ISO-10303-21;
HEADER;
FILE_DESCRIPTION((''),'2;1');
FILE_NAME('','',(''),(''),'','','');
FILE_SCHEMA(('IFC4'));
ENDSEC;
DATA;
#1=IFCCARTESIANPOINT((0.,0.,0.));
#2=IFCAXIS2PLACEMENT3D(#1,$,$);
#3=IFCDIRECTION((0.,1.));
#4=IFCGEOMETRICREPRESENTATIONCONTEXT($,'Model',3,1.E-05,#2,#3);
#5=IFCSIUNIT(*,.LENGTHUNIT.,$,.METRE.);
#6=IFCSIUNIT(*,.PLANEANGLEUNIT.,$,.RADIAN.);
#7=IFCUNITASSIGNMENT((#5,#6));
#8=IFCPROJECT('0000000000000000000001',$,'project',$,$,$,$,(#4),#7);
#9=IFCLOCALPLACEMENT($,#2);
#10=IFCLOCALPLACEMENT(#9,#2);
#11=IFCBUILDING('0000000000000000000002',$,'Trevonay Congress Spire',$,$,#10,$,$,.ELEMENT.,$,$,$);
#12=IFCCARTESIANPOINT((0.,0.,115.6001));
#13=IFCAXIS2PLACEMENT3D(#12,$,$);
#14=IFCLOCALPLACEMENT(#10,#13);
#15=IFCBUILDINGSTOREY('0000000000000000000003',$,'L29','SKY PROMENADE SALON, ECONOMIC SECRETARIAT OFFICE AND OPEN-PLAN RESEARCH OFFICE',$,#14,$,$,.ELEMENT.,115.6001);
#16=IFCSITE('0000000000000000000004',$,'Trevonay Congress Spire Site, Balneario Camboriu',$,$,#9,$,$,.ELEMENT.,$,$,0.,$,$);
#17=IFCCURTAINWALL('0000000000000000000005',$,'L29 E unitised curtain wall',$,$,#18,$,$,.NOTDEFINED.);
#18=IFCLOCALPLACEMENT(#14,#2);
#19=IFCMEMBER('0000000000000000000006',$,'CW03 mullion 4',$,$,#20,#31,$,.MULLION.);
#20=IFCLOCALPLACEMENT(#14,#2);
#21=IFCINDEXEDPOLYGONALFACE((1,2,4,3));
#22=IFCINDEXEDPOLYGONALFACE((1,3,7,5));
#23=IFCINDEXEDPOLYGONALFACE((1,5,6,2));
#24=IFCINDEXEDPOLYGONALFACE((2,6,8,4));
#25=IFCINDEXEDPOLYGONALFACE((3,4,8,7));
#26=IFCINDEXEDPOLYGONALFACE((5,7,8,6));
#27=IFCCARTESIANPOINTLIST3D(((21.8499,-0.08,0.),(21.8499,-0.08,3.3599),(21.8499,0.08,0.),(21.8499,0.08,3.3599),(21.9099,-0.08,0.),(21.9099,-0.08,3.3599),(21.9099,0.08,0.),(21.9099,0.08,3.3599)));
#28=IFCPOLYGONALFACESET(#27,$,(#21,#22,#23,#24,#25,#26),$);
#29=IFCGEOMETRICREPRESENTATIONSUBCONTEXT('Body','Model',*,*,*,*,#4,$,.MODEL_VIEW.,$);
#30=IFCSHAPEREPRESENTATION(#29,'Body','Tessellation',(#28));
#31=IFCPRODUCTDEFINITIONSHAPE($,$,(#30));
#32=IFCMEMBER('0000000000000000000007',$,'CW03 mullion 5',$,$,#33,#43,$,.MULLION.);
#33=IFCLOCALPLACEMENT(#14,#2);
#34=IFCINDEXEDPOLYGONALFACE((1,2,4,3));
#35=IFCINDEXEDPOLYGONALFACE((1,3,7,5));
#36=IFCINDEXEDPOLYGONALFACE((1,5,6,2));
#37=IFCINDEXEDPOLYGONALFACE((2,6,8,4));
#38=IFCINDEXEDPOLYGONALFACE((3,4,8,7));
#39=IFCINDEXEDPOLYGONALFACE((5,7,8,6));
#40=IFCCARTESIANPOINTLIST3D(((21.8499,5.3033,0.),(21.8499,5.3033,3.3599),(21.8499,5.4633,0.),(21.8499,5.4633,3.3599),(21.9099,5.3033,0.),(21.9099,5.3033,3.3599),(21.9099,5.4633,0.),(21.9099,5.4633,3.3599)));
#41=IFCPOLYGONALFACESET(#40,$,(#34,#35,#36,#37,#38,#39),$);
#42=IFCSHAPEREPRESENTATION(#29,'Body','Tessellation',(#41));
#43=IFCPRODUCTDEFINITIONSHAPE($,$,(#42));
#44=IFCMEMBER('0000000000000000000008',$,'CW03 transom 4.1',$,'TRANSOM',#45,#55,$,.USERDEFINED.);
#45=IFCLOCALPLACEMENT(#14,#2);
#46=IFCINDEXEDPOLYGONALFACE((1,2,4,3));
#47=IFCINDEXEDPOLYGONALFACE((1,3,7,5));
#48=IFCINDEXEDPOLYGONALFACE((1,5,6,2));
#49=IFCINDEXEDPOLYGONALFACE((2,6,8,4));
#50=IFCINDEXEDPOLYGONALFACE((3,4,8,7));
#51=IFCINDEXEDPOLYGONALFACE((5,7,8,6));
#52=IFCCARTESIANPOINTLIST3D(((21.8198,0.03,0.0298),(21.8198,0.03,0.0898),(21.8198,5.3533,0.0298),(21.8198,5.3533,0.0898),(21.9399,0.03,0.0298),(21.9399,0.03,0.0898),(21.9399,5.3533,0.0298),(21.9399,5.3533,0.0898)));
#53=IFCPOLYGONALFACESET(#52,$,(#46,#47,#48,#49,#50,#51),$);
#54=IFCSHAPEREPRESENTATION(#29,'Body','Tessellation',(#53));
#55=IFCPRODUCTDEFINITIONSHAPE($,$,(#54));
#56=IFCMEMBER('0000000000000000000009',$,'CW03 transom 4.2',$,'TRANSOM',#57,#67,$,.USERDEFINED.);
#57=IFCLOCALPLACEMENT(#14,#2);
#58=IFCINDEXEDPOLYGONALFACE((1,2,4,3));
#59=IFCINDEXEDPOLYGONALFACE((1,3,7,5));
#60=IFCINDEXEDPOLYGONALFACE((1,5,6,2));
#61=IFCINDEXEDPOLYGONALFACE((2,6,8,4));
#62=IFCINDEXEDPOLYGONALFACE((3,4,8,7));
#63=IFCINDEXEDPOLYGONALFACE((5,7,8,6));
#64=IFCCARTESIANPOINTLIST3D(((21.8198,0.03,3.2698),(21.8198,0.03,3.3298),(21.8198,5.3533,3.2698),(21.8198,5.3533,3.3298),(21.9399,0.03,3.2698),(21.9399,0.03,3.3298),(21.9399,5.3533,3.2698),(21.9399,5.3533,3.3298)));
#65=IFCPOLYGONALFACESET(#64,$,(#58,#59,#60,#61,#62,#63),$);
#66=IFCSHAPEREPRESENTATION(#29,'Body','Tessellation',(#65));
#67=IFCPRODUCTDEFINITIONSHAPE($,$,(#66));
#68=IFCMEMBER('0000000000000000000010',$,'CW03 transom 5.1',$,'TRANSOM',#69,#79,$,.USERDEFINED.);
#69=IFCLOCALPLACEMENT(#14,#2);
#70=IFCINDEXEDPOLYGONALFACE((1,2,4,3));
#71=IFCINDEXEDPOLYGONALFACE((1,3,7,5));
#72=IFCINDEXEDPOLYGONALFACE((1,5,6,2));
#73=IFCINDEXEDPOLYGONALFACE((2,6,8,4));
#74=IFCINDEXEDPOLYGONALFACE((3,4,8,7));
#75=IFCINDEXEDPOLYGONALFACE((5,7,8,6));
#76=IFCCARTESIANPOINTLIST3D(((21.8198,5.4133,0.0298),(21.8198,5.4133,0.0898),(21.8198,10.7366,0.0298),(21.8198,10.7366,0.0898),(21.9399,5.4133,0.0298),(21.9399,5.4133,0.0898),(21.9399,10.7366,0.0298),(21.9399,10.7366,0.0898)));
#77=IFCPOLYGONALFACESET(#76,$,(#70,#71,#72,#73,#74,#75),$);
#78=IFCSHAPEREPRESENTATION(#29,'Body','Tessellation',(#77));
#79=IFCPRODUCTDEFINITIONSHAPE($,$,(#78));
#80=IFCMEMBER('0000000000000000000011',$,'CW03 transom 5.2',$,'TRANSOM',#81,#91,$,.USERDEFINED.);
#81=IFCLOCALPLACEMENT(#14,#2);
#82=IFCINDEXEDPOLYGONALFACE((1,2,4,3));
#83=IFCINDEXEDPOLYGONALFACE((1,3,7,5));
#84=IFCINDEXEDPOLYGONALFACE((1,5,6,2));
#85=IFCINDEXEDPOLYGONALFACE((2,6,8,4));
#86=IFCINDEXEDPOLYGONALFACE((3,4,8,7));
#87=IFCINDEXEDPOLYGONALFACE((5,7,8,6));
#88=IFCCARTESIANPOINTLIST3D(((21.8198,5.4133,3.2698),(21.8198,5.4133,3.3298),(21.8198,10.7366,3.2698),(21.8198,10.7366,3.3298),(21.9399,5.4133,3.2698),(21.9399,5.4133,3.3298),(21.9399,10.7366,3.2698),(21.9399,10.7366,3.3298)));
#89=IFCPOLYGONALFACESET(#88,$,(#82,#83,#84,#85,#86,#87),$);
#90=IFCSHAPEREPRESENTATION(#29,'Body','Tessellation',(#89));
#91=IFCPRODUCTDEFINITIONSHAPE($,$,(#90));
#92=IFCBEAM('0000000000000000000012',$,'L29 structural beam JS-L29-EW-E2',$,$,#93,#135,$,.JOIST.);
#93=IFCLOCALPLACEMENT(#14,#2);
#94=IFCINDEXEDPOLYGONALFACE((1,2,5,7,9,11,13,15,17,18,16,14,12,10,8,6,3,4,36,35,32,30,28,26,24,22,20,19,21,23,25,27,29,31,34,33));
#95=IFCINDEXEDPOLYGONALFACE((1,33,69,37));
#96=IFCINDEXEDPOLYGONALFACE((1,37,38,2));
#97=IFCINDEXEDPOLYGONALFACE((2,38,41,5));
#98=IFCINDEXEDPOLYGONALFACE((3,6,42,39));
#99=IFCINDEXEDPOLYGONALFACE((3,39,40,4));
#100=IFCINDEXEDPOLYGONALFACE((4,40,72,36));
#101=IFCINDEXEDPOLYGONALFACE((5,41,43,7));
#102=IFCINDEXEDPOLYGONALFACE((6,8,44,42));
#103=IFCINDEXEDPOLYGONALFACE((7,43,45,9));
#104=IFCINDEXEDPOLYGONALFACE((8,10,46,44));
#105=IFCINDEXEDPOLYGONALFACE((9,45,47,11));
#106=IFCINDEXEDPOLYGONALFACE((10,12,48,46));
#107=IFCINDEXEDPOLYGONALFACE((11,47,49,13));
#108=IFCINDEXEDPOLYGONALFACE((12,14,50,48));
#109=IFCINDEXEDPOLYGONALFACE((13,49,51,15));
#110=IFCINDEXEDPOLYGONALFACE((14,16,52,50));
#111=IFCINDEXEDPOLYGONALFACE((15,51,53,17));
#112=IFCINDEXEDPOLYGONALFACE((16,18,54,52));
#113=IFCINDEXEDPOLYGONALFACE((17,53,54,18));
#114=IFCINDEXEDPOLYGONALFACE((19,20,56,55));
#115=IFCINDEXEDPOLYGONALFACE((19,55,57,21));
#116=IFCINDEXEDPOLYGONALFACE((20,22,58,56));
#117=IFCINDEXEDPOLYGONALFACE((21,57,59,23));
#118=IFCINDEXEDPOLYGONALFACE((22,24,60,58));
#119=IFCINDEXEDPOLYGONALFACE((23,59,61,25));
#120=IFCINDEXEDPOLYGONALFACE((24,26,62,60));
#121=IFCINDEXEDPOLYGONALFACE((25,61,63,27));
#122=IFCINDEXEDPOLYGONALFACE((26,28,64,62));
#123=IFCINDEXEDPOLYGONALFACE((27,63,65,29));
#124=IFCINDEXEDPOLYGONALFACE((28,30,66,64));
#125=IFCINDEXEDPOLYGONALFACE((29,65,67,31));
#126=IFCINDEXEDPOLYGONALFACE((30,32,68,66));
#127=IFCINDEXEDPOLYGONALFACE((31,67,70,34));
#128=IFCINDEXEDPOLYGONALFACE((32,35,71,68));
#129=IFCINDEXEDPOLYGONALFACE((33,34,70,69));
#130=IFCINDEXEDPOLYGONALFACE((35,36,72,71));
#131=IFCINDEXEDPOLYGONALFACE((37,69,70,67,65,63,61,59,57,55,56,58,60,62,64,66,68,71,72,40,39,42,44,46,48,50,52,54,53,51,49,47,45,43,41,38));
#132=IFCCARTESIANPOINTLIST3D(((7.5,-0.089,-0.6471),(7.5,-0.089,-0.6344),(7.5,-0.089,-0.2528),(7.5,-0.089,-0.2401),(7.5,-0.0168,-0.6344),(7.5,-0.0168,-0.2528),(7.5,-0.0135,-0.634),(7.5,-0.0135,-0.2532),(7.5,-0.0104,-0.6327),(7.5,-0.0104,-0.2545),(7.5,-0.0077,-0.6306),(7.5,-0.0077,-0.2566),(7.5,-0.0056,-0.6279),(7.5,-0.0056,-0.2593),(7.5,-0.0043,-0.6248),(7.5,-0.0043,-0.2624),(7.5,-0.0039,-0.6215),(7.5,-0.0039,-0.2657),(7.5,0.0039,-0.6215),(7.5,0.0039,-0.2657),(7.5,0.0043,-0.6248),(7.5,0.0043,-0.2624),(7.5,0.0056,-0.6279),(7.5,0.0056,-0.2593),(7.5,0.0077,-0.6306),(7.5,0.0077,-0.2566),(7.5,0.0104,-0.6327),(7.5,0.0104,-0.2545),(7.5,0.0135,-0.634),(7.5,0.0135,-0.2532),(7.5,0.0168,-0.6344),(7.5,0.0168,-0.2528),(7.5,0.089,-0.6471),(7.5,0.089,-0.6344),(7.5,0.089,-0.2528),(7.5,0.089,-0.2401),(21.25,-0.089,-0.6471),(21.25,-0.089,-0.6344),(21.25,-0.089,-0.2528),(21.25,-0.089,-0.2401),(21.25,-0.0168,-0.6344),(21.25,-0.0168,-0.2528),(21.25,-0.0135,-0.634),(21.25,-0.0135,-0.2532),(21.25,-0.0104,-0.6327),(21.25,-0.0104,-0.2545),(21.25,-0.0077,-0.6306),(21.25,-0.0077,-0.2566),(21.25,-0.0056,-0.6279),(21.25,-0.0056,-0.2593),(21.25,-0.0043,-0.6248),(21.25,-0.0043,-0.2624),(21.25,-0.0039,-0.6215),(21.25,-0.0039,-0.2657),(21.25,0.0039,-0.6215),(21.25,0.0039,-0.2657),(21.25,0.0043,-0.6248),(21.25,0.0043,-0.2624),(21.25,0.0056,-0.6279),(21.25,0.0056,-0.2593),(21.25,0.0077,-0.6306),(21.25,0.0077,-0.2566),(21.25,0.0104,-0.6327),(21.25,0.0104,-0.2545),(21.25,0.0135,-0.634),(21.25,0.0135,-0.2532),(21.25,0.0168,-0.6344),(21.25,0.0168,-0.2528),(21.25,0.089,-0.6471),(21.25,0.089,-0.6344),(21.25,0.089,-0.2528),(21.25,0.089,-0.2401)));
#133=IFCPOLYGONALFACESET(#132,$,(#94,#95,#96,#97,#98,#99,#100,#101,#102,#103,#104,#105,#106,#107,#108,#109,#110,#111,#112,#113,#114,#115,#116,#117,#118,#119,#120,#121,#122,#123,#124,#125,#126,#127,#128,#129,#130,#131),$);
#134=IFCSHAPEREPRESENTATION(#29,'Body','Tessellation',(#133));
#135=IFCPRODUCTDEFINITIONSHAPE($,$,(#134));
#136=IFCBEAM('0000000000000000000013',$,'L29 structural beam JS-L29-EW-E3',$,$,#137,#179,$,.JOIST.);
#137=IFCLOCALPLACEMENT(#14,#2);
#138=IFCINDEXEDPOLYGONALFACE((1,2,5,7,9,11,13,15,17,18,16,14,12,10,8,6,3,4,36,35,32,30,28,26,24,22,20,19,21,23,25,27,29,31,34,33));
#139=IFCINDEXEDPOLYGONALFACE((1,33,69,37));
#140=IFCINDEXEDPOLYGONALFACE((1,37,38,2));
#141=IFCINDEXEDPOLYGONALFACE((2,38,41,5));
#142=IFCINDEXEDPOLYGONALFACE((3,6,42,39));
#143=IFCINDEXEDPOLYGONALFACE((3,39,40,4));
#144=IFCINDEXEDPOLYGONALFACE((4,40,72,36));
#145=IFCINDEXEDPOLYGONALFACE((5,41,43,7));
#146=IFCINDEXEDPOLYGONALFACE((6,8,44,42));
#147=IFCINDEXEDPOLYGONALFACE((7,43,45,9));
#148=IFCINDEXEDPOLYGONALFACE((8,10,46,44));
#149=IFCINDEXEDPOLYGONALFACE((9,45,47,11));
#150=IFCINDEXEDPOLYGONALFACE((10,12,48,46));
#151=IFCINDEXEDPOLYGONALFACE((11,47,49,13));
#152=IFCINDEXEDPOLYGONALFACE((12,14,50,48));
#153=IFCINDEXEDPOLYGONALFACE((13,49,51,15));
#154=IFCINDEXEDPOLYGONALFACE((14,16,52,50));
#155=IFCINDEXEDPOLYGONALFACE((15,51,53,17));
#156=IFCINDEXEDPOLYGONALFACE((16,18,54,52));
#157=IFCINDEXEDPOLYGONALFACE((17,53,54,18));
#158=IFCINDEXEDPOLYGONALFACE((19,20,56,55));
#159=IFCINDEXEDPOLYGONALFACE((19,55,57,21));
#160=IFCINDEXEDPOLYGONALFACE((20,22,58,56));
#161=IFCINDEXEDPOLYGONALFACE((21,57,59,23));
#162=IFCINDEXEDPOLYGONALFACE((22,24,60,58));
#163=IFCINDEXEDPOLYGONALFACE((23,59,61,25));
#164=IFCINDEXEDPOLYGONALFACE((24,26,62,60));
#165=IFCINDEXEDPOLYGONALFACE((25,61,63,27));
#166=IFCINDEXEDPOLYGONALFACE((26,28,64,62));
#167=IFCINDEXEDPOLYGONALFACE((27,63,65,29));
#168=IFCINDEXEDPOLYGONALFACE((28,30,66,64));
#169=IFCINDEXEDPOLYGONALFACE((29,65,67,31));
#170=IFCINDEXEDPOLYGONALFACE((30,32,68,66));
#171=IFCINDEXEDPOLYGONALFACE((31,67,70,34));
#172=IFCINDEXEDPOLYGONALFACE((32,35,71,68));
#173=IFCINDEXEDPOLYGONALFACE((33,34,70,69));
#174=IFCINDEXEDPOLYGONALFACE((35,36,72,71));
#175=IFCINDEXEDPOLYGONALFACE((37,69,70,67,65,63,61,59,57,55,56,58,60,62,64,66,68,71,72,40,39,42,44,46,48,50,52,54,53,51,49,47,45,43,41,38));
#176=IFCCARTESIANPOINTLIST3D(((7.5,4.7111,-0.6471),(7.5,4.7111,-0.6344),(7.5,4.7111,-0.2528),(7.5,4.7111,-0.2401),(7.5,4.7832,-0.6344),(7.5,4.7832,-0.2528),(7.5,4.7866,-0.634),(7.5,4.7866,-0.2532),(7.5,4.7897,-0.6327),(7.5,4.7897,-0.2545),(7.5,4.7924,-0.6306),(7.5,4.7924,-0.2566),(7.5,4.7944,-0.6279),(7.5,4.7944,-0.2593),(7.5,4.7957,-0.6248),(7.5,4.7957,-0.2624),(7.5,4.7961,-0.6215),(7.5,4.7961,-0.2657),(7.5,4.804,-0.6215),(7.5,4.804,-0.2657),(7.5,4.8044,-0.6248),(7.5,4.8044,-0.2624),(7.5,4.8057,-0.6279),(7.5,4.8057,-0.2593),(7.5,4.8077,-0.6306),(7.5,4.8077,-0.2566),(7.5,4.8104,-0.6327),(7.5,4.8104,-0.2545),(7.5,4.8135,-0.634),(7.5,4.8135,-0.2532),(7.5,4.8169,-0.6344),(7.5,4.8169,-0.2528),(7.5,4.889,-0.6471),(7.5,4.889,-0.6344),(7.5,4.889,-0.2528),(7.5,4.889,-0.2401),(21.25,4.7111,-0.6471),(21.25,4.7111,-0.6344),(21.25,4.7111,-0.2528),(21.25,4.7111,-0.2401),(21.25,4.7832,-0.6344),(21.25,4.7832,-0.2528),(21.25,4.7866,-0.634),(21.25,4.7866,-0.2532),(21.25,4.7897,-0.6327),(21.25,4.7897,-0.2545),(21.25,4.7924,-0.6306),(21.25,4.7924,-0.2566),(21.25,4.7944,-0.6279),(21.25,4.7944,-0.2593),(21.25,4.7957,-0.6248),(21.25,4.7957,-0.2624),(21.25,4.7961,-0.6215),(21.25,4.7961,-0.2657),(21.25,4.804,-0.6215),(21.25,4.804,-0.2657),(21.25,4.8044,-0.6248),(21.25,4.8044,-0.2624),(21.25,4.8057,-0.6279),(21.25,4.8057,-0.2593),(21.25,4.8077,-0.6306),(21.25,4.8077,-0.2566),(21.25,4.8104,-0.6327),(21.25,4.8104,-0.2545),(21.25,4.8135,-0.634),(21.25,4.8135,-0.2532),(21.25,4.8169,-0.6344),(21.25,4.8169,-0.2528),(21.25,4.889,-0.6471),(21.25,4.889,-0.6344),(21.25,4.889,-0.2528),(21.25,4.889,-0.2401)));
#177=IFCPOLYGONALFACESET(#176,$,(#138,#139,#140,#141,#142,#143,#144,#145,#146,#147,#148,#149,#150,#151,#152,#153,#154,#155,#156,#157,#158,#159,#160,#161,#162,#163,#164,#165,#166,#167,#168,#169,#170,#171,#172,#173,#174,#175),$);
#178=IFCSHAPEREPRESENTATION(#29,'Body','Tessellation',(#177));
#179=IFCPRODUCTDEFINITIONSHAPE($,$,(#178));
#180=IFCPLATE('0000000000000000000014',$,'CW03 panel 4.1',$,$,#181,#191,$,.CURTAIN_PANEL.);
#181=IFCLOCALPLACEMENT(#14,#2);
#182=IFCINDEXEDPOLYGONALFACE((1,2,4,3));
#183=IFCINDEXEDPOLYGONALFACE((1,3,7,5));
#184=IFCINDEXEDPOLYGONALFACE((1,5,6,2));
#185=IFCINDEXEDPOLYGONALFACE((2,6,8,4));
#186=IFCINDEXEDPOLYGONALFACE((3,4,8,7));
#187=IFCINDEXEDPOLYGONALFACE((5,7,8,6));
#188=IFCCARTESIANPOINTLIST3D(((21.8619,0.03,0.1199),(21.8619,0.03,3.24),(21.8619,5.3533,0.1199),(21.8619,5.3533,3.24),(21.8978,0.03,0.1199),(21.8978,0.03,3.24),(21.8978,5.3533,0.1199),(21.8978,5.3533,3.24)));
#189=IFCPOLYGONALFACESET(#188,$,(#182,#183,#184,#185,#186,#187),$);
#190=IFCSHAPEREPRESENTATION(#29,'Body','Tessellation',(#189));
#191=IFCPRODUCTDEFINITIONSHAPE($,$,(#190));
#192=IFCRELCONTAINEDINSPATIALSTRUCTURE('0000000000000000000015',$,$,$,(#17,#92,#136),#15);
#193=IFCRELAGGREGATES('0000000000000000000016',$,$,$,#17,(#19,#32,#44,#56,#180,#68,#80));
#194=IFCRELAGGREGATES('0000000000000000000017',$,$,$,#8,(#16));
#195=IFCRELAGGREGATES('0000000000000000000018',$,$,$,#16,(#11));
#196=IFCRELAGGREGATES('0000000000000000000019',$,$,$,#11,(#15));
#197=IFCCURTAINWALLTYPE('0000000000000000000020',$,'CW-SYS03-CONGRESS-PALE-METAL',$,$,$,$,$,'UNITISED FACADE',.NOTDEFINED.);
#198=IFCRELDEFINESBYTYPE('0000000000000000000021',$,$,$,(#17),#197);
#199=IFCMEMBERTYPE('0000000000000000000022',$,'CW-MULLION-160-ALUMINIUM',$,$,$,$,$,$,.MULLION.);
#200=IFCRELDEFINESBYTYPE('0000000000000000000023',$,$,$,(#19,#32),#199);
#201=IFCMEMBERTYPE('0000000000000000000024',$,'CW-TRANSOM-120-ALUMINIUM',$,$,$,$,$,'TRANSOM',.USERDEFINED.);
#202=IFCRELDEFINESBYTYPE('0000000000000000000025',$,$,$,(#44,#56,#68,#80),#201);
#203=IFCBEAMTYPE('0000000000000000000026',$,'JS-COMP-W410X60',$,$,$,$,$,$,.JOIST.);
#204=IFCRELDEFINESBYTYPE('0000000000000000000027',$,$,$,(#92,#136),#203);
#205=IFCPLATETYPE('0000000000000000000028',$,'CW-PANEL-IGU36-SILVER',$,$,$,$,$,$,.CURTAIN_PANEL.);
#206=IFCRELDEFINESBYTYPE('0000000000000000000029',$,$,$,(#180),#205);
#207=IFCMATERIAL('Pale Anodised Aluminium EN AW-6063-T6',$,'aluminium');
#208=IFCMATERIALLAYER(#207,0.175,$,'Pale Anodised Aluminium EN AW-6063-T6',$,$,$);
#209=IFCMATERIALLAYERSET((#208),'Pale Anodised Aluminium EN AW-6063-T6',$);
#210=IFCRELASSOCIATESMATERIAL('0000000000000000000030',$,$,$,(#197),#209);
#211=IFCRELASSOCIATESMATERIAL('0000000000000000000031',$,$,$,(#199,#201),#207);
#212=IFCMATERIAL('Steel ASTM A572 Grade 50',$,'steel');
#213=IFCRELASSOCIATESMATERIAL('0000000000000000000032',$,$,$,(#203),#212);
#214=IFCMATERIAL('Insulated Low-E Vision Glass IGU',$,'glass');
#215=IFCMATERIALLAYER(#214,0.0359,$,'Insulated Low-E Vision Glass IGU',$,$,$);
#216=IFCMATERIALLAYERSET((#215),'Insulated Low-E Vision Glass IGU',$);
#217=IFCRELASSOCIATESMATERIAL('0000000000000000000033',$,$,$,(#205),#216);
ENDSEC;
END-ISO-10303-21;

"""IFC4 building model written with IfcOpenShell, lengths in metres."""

from ifc_helpers import new_model, si_unit, direction, frame, origin, origin_2d, place, context, subcontext, project, spatial, rectangle, i_section, extrude, material, layer, layer_set, material_profile, profile_set, type_object, element, aggregate, save


model = new_model("IFC4")

# Units and contexts
model_context = context("Model", 3, precision=1e-05, world=origin(), true_north=direction((0.0, 1.0)))
body_context = subcontext(model_context, "Body", "Model", "MODEL_VIEW")
ifc_project = project(units=[si_unit("LENGTHUNIT", "METRE"), si_unit("PLANEANGLEUNIT", "RADIAN")], contexts=[model_context])

# Site, building, storey
site_placement = place(None, origin())
site = spatial("IfcSite", under=ifc_project, at=site_placement, Name="Trevonay Congress Spire Site, Balneario Camboriu", CompositionType="ELEMENT", RefElevation=0.0)
building_placement = place(site_placement, origin())
building = spatial("IfcBuilding", under=site, at=building_placement, Name="Trevonay Congress Spire", CompositionType="ELEMENT")
storey_placement = place(building_placement, frame((0.0, 0.0, 115.6001)))
storey = spatial("IfcBuildingStorey", under=building, at=storey_placement, Name="L29", Description="SKY PROMENADE SALON, ECONOMIC SECRETARIAT OFFICE AND OPEN-PLAN RESEARCH OFFICE", CompositionType="ELEMENT", Elevation=115.6001)

# Shared definitions
ifc_material_1 = material(Name="Steel ASTM A572 Grade 50", Category="steel")

# Curtain wall, members
ifc_material_2 = material(Name="Pale Anodised Aluminium EN AW-6063-T6", Category="aluminium")
ifc_layer_1 = layer(ifc_material_2, 0.175, Name="Pale Anodised Aluminium EN AW-6063-T6")
ifc_layer_set_1 = layer_set([ifc_layer_1], Name="Pale Anodised Aluminium EN AW-6063-T6")
curtain_wall_type = type_object("IfcCurtainWallType", Name="CW-SYS03-CONGRESS-PALE-METAL", ElementType="UNITISED FACADE", PredefinedType="NOTDEFINED", material=ifc_layer_set_1)
curtain_wall_placement = place(storey_placement, origin())
curtain_wall = element("IfcCurtainWall", 1, at=curtain_wall_placement, inside=storey, type_object=curtain_wall_type, Name="L29 E unitised curtain wall", PredefinedType="NOTDEFINED")
ifc_material_profile_1 = material_profile(ifc_material_2, rectangle(XDim=0.0601, YDim=0.1599, at=origin_2d()), Name="CW-MULLION-160-ALUMINIUM")
ifc_profile_set_1 = profile_set([ifc_material_profile_1], Name="Pale Anodised Aluminium EN AW-6063-T6")
member_type_1 = type_object("IfcMemberType", Name="CW-MULLION-160-ALUMINIUM", PredefinedType="MULLION", material=ifc_profile_set_1)
member_1_placement = place(storey_placement, frame((21.8799, 0.0, 0.0), z_axis=(0.0, 0.0, 1.0), x_axis=(-1.0, 0.0, 0.0)))
member_1 = element("IfcMember", 2, at=member_1_placement, type_object=member_type_1, Name="CW03 mullion 4", PredefinedType="MULLION", context=body_context, shape_type="SweptSolid", body=[
    extrude(rectangle(XDim=0.0601, YDim=0.1599, at=origin_2d()), origin(), (0.0, 0.0, 1.0), 3.3599),
])
member_2_placement = place(storey_placement, frame((21.8799, 5.3833, 0.0), z_axis=(0.0, 0.0, 1.0), x_axis=(-1.0, 0.0, 0.0)))
member_2 = element("IfcMember", 3, at=member_2_placement, type_object=member_type_1, Name="CW03 mullion 5", PredefinedType="MULLION", context=body_context, shape_type="SweptSolid", body=[
    extrude(rectangle(XDim=0.0601, YDim=0.1599, at=origin_2d()), origin(), (0.0, 0.0, 1.0), 3.3599),
])
ifc_material_profile_2 = material_profile(ifc_material_2, rectangle(XDim=0.1201, YDim=0.0601, at=origin_2d()), Name="CW-TRANSOM-120-ALUMINIUM")
ifc_profile_set_2 = profile_set([ifc_material_profile_2], Name="Pale Anodised Aluminium EN AW-6063-T6")
member_type_2 = type_object("IfcMemberType", Name="CW-TRANSOM-120-ALUMINIUM", ElementType="TRANSOM", PredefinedType="USERDEFINED", material=ifc_profile_set_2)
member_3_placement = place(storey_placement, frame((21.8799, 0.03, 0.0598), z_axis=(0.0, 1.0, 0.0), x_axis=(-1.0, 0.0, 0.0)))
member_3 = element("IfcMember", 4, at=member_3_placement, type_object=member_type_2, Name="CW03 transom 4.1", ObjectType="TRANSOM", PredefinedType="USERDEFINED", context=body_context, shape_type="SweptSolid", body=[
    extrude(rectangle(XDim=0.1201, YDim=0.0601, at=origin_2d()), origin(), (0.0, 0.0, 1.0), 5.3232),
])
member_4_placement = place(storey_placement, frame((21.8799, 0.03, 3.2998), z_axis=(0.0, 1.0, 0.0), x_axis=(-1.0, 0.0, 0.0)))
member_4 = element("IfcMember", 5, at=member_4_placement, type_object=member_type_2, Name="CW03 transom 4.2", ObjectType="TRANSOM", PredefinedType="USERDEFINED", context=body_context, shape_type="SweptSolid", body=[
    extrude(rectangle(XDim=0.1201, YDim=0.0601, at=origin_2d()), origin(), (0.0, 0.0, 1.0), 5.3232),
])
member_5_placement = place(storey_placement, frame((21.8799, 5.4133, 0.0598), z_axis=(0.0, 1.0, 0.0), x_axis=(-1.0, 0.0, 0.0)))
member_5 = element("IfcMember", 6, at=member_5_placement, type_object=member_type_2, Name="CW03 transom 5.1", ObjectType="TRANSOM", PredefinedType="USERDEFINED", context=body_context, shape_type="SweptSolid", body=[
    extrude(rectangle(XDim=0.1201, YDim=0.0601, at=origin_2d()), origin(), (0.0, 0.0, 1.0), 5.3232),
])
member_6_placement = place(storey_placement, frame((21.8799, 5.4133, 3.2998), z_axis=(0.0, 1.0, 0.0), x_axis=(-1.0, 0.0, 0.0)))
member_6 = element("IfcMember", 7, at=member_6_placement, type_object=member_type_2, Name="CW03 transom 5.2", ObjectType="TRANSOM", PredefinedType="USERDEFINED", context=body_context, shape_type="SweptSolid", body=[
    extrude(rectangle(XDim=0.1201, YDim=0.0601, at=origin_2d()), origin(), (0.0, 0.0, 1.0), 5.3232),
])

# Beams
ifc_material_profile_3 = material_profile(ifc_material_1, i_section(OverallWidth=0.178, OverallDepth=0.407, WebThickness=0.0078, FlangeThickness=0.0127, FilletRadius=0.0129, at=origin_2d()), Name="W410x60")
ifc_profile_set_3 = profile_set([ifc_material_profile_3], Name="Steel ASTM A572 Grade 50")
beam_type_1 = type_object("IfcBeamType", Name="JS-COMP-W410X60", PredefinedType="JOIST", material=ifc_profile_set_3)
for number, where, z_axis, x_axis, name in (
    (8, (7.5, 0.0, -0.4436), (1.0, 0.0, 0.0), (0.0, 1.0, 0.0), "L29 structural beam JS-L29-EW-E2"),
    (9, (7.5, 4.8, -0.4436), (1.0, 0.0, 0.0), (0.0, 1.0, 0.0), "L29 structural beam JS-L29-EW-E3"),
):
    element("IfcBeam", number, at=place(storey_placement, frame(where, z_axis=z_axis, x_axis=x_axis)), inside=storey, type_object=beam_type_1, Name=name, PredefinedType="JOIST", context=body_context, shape_type="SweptSolid", body=[
        extrude(i_section(OverallWidth=0.178, OverallDepth=0.407, WebThickness=0.0078, FlangeThickness=0.0127, FilletRadius=0.0129, at=origin_2d()), origin(), (0.0, 0.0, 1.0), 13.75),
    ])

# Plate
ifc_material_3 = material(Name="Insulated Low-E Vision Glass IGU", Category="glass")
ifc_layer_2 = layer(ifc_material_3, 0.0359, Name="Insulated Low-E Vision Glass IGU")
ifc_layer_set_2 = layer_set([ifc_layer_2], Name="Insulated Low-E Vision Glass IGU")
plate_type = type_object("IfcPlateType", Name="CW-PANEL-IGU36-SILVER", PredefinedType="CURTAIN_PANEL", material=ifc_layer_set_2)
plate_placement = place(storey_placement, frame((21.8799, 2.6917, 0.1199), z_axis=(0.0, 0.0, 1.0), x_axis=(0.0, 1.0, 0.0)))
plate = element("IfcPlate", 10, at=plate_placement, type_object=plate_type, Name="CW03 panel 4.1", PredefinedType="CURTAIN_PANEL", context=body_context, shape_type="SweptSolid", body=[
    extrude(rectangle(XDim=5.3232, YDim=0.0359, at=origin_2d()), origin(), (0.0, 0.0, 1.0), 3.1201),
])
aggregate(curtain_wall, [member_1, member_2, member_3, member_4, plate, member_5, member_6])

save(model, "model.ifc")
